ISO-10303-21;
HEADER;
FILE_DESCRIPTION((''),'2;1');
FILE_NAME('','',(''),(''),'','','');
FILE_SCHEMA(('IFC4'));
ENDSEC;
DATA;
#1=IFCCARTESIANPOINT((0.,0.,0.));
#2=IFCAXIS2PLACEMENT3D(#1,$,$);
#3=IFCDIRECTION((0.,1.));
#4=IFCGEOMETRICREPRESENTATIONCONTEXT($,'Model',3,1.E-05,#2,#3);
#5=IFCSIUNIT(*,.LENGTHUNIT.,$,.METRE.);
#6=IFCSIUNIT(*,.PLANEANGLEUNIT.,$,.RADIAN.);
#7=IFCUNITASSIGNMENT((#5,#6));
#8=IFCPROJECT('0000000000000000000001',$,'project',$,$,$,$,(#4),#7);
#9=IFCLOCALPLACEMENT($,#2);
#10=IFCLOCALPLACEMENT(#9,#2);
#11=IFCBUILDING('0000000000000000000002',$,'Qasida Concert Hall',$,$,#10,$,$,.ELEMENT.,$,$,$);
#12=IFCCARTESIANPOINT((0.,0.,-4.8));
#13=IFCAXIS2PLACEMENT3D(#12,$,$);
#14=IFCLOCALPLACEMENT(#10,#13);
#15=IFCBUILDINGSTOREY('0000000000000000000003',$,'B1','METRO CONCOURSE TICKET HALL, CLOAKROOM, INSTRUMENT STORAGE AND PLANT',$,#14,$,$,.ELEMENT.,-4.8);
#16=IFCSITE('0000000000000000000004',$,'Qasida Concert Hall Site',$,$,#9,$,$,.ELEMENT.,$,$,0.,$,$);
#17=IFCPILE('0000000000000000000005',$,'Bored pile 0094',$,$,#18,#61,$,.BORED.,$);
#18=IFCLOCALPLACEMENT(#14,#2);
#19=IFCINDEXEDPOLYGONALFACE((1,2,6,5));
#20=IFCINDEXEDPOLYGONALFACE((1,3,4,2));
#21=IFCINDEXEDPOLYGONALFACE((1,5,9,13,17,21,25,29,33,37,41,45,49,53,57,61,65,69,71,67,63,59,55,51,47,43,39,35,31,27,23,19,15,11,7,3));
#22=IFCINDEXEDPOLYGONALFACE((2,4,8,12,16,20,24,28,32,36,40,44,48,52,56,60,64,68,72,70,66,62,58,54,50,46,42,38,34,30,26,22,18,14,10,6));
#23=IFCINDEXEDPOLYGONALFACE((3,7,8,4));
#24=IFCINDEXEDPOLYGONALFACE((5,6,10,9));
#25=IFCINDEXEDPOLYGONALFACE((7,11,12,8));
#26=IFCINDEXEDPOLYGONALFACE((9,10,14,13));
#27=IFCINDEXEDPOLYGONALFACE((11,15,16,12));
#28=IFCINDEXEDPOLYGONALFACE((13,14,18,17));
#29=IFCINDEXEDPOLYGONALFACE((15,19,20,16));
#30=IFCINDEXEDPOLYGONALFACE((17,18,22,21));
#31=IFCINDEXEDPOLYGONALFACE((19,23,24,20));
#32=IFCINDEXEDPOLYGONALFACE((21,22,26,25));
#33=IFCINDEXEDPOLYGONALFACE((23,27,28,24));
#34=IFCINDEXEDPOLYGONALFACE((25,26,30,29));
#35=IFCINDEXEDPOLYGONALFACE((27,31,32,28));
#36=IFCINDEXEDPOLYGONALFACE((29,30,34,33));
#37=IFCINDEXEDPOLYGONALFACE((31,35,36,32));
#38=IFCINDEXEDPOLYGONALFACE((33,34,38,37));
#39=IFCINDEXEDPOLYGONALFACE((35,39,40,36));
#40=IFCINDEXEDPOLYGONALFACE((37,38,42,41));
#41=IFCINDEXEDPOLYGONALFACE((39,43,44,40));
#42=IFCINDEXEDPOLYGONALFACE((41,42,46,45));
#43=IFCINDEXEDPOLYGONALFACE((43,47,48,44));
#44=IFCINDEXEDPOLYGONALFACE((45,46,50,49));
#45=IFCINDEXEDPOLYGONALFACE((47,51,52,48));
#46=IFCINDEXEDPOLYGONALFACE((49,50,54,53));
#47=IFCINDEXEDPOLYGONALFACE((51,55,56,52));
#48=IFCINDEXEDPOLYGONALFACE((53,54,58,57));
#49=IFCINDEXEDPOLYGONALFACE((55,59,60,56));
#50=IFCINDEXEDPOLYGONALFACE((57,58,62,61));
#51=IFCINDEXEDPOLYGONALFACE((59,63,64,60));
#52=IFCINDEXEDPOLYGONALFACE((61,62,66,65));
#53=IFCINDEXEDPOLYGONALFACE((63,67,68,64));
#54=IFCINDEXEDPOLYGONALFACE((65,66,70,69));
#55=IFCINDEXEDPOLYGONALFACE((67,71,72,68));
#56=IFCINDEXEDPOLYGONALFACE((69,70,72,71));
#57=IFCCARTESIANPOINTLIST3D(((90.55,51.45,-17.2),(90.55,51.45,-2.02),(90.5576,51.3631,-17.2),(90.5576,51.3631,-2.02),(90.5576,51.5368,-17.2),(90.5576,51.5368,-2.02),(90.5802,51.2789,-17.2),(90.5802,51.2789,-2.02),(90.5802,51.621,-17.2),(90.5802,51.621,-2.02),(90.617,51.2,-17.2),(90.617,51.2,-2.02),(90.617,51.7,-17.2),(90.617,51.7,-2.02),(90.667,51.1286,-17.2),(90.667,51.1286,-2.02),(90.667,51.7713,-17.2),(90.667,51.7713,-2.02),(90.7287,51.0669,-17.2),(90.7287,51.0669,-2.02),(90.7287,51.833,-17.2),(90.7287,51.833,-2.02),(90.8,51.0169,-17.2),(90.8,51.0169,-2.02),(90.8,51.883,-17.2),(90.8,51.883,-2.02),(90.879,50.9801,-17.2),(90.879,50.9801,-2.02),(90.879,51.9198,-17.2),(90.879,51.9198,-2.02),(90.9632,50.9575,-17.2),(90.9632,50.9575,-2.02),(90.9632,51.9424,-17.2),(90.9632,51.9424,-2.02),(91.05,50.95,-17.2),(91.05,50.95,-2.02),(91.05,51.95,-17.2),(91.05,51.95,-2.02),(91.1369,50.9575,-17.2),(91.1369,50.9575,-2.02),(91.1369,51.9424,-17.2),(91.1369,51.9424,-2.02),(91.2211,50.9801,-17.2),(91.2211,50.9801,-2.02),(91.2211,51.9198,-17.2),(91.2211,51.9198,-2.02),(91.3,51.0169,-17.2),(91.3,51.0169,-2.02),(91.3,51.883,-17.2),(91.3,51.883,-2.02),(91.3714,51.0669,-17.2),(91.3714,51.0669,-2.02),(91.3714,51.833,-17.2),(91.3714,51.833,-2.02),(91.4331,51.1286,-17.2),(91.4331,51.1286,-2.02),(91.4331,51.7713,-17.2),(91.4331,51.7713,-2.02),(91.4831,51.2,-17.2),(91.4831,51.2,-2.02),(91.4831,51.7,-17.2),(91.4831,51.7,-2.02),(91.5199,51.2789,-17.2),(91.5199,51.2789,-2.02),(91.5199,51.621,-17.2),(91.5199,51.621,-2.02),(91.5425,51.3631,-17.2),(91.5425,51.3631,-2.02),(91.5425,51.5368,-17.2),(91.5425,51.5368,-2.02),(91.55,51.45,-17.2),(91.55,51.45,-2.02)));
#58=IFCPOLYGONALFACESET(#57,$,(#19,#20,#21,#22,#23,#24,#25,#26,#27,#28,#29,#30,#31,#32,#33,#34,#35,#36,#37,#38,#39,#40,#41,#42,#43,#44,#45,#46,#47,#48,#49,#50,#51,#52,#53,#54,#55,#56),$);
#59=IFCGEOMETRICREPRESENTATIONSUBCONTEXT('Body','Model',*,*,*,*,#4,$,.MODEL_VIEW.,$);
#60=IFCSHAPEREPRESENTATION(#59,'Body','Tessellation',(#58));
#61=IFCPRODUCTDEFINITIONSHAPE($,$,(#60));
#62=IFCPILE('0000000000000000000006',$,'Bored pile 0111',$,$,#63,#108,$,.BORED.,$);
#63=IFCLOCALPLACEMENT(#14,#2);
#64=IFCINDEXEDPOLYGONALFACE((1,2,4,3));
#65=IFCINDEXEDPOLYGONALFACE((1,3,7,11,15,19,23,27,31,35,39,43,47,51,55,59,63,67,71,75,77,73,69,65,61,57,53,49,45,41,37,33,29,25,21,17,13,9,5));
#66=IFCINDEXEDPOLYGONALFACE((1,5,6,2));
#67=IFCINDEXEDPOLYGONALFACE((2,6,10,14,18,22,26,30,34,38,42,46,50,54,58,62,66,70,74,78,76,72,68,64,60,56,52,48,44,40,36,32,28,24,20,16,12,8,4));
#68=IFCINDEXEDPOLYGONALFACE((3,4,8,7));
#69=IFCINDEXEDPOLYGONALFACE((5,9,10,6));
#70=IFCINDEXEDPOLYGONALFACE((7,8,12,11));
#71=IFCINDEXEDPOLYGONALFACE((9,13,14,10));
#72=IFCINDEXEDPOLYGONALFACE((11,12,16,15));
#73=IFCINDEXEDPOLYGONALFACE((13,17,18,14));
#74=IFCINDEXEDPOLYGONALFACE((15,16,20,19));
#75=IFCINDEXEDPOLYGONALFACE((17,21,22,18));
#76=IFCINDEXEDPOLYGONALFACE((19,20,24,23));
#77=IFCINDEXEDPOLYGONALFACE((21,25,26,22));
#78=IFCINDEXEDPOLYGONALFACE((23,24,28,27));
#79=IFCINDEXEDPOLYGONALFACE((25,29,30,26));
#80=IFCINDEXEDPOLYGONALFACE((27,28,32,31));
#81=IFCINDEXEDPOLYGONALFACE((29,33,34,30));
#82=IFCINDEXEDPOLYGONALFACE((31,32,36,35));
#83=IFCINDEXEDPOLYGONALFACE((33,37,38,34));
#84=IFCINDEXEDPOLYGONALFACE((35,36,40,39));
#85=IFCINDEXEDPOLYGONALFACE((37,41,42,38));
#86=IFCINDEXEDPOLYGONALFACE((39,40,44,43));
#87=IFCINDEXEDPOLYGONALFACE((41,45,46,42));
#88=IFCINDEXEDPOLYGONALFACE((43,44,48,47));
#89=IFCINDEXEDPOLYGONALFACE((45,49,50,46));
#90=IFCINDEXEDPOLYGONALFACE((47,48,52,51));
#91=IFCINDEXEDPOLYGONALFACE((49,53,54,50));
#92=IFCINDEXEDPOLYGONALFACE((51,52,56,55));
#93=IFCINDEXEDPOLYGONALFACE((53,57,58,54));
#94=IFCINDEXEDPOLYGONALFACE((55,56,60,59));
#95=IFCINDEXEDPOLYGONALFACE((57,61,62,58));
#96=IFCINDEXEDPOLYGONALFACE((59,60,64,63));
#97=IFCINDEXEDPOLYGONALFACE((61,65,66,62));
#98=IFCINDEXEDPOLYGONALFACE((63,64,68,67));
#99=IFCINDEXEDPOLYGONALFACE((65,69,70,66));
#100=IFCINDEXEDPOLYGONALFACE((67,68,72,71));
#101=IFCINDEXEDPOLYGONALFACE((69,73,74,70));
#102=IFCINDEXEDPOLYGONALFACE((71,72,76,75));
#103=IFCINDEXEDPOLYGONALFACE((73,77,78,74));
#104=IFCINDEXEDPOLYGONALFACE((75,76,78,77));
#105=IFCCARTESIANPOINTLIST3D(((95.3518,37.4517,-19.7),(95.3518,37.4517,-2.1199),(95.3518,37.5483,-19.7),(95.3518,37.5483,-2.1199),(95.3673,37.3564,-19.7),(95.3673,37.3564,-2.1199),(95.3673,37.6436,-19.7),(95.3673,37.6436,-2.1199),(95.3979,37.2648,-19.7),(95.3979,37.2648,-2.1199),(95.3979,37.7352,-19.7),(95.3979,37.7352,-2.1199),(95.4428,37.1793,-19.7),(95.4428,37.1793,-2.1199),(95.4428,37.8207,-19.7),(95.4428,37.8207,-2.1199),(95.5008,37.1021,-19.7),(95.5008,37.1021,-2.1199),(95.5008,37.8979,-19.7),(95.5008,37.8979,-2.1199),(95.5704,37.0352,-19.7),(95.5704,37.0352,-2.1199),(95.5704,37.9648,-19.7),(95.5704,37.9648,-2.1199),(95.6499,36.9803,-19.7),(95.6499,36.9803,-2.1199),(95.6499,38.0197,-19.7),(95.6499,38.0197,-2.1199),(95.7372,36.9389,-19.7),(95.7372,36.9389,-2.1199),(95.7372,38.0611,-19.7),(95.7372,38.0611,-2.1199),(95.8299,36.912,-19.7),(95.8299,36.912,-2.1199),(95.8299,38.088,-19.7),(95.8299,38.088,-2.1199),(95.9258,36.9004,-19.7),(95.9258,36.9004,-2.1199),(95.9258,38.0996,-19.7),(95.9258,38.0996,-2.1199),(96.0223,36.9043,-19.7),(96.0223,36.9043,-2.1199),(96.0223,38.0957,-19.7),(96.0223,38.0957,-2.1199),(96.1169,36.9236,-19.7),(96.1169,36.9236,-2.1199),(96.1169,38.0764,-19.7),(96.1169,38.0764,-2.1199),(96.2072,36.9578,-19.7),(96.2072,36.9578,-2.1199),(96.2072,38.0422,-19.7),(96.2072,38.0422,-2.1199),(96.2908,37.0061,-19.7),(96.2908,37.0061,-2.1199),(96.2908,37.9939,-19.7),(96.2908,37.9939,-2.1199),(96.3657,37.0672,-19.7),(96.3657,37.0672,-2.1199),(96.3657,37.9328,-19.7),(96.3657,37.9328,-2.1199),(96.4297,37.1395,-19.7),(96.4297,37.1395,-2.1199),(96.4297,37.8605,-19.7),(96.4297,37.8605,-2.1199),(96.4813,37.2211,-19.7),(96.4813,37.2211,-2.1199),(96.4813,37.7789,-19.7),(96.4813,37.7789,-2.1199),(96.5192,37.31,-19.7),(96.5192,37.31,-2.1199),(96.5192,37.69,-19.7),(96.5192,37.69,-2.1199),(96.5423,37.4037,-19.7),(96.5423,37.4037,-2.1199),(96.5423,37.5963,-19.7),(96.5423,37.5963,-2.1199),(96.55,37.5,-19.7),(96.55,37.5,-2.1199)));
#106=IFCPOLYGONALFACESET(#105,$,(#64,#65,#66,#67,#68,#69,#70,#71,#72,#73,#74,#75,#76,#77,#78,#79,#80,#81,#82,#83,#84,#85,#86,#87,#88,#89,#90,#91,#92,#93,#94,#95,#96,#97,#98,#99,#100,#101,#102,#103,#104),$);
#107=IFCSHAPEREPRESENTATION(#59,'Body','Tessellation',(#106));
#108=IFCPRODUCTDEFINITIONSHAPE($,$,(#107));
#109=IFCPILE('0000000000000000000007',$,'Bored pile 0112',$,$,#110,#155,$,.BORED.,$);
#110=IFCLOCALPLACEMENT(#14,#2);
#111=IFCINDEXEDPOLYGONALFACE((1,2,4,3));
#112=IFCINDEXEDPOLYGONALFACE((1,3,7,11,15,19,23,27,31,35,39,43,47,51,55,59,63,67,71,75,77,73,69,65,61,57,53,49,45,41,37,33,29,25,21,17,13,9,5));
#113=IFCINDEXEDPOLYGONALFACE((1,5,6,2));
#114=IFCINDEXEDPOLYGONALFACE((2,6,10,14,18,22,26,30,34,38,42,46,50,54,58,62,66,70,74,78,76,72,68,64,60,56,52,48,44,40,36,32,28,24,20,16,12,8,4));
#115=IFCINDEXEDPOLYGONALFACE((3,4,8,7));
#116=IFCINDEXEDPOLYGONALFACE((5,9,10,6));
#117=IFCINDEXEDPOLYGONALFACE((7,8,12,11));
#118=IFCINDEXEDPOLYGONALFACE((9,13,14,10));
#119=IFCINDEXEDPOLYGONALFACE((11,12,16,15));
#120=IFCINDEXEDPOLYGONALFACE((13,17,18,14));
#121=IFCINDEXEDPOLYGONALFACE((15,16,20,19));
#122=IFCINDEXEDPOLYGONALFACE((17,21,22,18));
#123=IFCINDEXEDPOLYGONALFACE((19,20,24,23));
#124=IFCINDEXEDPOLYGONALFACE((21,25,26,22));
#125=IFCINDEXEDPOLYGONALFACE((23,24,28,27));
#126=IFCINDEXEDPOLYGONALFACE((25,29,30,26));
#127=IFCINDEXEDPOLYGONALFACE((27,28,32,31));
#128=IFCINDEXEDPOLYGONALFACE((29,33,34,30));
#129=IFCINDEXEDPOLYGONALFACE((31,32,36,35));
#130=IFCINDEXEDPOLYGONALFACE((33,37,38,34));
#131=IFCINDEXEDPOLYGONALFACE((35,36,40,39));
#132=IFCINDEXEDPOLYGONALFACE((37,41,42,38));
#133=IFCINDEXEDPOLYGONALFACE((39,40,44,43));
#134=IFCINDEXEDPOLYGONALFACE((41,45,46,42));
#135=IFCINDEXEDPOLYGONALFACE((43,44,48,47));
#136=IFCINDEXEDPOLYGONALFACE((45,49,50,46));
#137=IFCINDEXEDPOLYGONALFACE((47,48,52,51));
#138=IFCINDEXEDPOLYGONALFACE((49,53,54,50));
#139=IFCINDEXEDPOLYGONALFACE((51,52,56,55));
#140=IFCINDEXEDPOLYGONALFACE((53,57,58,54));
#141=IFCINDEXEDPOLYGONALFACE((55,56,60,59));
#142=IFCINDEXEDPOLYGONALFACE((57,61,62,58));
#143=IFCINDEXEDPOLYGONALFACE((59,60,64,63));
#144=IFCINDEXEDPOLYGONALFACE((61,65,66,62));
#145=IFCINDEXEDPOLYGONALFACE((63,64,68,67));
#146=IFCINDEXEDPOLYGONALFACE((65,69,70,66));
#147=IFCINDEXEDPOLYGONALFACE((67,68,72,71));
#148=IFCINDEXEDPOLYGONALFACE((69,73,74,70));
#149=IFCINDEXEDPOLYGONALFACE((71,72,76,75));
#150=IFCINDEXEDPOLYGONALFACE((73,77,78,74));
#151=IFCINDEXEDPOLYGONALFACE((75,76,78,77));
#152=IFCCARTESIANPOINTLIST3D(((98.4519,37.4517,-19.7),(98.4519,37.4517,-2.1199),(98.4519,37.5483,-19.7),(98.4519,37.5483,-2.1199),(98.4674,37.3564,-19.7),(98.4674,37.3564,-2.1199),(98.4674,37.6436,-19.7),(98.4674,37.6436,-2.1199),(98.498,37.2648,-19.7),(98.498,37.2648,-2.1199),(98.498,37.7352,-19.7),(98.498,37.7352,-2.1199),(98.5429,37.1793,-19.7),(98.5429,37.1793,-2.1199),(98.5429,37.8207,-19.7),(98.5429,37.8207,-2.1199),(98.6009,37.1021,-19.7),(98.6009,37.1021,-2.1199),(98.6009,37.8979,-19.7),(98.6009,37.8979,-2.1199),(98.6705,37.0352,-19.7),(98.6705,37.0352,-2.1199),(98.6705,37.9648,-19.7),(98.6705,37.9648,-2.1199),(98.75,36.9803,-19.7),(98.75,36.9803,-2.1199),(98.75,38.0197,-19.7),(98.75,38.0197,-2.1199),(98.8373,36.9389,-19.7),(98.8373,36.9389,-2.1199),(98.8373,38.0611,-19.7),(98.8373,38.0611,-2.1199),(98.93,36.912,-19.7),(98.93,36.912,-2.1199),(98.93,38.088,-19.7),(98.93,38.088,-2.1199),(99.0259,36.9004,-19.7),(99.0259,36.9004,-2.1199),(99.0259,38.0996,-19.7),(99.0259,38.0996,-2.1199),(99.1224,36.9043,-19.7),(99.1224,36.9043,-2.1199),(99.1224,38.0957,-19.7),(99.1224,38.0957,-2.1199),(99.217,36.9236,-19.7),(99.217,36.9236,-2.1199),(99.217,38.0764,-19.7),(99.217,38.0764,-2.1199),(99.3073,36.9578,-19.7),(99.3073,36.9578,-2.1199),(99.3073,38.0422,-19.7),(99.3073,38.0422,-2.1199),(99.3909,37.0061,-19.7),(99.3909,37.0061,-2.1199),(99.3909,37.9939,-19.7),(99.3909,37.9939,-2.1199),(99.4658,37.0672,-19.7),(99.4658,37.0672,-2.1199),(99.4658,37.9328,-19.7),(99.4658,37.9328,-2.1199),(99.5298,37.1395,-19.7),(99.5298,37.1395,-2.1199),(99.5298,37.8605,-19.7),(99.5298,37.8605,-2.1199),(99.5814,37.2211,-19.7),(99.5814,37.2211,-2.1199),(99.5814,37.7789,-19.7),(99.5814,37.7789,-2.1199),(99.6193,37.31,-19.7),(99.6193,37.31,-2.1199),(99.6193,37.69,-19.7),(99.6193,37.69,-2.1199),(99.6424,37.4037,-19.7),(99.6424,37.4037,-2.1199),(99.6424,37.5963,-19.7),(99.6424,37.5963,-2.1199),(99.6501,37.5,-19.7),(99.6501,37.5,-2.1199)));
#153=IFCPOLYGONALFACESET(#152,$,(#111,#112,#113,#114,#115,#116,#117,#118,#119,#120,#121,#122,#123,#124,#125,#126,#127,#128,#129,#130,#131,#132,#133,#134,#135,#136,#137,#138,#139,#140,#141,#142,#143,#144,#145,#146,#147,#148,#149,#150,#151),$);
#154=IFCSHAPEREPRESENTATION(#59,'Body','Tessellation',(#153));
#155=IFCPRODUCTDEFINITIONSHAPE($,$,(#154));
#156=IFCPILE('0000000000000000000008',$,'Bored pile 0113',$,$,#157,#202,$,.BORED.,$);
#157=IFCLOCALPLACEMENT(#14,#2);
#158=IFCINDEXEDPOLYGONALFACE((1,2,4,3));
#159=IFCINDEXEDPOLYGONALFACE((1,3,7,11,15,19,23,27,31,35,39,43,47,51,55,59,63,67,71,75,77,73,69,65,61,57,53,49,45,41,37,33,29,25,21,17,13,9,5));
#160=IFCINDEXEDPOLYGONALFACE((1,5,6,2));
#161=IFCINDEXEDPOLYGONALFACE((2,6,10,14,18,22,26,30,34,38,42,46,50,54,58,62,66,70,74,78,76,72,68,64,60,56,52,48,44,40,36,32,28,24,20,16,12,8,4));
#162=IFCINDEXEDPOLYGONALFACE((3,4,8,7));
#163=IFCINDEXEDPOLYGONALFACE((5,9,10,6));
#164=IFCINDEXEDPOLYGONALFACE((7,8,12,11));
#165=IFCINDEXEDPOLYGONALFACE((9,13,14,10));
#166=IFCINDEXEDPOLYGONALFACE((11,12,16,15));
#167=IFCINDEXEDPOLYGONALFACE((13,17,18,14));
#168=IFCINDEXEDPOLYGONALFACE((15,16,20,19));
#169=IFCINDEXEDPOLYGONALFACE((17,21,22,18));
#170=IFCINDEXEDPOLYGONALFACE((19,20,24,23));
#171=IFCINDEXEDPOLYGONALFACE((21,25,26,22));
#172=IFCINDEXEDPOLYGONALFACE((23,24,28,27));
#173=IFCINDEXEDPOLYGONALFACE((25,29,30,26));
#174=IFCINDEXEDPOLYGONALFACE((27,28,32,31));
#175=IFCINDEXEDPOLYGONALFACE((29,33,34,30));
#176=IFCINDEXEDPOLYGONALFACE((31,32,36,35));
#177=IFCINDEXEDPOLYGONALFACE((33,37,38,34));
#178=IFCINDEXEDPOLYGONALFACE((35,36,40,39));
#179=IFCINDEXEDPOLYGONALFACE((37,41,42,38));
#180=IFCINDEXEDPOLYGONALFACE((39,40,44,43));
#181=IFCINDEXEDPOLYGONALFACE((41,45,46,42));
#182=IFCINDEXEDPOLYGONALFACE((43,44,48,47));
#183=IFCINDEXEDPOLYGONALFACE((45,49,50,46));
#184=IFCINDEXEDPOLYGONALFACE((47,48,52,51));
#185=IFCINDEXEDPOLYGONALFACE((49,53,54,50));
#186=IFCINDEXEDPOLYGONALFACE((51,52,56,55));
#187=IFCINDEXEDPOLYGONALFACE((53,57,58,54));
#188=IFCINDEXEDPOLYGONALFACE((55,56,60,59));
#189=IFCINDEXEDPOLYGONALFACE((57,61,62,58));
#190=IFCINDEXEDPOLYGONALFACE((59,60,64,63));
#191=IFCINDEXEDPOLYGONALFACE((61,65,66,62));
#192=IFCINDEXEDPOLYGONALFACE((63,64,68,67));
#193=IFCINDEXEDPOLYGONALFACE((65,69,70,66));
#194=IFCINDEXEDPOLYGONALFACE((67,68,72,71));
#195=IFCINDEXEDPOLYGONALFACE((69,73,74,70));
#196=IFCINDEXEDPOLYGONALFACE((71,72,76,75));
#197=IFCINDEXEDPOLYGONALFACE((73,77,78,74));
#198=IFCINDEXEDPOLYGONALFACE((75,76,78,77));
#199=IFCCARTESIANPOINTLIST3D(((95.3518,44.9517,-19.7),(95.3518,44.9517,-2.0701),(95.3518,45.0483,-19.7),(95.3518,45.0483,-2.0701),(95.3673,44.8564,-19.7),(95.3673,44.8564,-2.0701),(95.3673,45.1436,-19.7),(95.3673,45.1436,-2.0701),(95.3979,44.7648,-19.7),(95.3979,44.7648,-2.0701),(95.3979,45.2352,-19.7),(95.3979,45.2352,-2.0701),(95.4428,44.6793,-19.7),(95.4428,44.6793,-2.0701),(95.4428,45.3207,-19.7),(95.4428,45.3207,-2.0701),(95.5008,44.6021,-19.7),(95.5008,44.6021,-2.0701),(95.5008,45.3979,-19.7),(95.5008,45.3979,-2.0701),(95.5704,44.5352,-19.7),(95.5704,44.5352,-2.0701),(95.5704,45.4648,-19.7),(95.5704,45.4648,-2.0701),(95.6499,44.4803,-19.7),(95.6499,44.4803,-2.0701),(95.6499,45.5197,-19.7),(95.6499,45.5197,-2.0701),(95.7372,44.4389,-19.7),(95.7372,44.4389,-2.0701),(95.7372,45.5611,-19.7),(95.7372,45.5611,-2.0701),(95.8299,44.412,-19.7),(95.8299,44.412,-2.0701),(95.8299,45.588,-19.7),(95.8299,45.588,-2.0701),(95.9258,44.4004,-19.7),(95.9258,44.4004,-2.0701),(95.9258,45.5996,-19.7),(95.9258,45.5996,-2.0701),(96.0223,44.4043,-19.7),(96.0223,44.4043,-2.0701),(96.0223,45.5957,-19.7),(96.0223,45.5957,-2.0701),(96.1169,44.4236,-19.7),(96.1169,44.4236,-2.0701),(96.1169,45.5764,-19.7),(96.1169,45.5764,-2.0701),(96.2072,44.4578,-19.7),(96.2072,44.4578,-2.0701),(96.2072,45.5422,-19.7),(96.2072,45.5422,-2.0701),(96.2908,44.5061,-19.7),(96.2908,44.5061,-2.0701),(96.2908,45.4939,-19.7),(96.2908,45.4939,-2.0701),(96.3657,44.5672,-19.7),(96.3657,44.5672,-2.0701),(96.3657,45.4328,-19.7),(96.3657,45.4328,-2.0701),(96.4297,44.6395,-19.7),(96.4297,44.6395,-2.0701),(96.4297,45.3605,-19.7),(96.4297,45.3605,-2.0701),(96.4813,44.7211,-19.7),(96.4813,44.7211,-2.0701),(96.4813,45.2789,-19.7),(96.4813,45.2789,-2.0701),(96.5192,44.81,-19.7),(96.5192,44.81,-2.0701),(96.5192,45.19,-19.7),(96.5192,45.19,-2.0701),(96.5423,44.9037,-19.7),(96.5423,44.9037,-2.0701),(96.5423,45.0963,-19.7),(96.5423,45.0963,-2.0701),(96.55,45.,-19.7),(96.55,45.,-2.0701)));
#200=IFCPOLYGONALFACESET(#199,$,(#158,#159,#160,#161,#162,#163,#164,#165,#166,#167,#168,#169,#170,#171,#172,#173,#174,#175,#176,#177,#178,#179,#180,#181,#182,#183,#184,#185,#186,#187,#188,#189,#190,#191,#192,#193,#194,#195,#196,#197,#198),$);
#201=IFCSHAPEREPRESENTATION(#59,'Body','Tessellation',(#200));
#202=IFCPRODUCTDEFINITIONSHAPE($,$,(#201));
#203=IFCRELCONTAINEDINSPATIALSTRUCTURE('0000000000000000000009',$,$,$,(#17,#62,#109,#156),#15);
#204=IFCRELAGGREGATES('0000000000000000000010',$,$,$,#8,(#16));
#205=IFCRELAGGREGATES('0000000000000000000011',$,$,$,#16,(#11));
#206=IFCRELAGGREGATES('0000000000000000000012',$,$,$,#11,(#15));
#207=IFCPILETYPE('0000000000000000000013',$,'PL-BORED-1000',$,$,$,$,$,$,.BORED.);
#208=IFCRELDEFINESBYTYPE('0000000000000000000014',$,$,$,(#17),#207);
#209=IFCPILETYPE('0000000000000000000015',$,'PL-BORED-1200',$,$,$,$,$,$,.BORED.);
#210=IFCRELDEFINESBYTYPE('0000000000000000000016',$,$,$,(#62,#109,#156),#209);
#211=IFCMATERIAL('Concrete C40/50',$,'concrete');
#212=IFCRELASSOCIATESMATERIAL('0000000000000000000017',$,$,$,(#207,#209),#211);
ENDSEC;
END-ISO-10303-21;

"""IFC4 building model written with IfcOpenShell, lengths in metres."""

from ifc_helpers import new_model, si_unit, direction, frame, origin, origin_2d, place, context, subcontext, project, spatial, circle, extrude, material, material_profile, profile_set, type_object, element, save


model = new_model("IFC4")

# Units and contexts
model_context = context("Model", 3, precision=1e-05, world=origin(), true_north=direction((0.0, 1.0)))
body_context = subcontext(model_context, "Body", "Model", "MODEL_VIEW")
ifc_project = project(units=[si_unit("LENGTHUNIT", "METRE"), si_unit("PLANEANGLEUNIT", "RADIAN")], contexts=[model_context])

# Site, building, storey
site_placement = place(None, origin())
site = spatial("IfcSite", under=ifc_project, at=site_placement, Name="Qasida Concert Hall Site", CompositionType="ELEMENT", RefElevation=0.0)
building_placement = place(site_placement, origin())
building = spatial("IfcBuilding", under=site, at=building_placement, Name="Qasida Concert Hall", CompositionType="ELEMENT")
storey_placement = place(building_placement, frame((0.0, 0.0, -4.8)))
storey = spatial("IfcBuildingStorey", under=building, at=storey_placement, Name="B1", Description="METRO CONCOURSE TICKET HALL, CLOAKROOM, INSTRUMENT STORAGE AND PLANT", CompositionType="ELEMENT", Elevation=-4.8)

# Shared definitions
ifc_material_1 = material(Name="Concrete C40/50", Category="concrete")

# Piles
ifc_material_profile_1 = material_profile(ifc_material_1, circle(Radius=0.5, at=origin_2d()), Name="BORED PILE D1000")
ifc_profile_set_1 = profile_set([ifc_material_profile_1], Name="Concrete C40/50")
pile_type_1 = type_object("IfcPileType", Name="PL-BORED-1000", PredefinedType="BORED", material=ifc_profile_set_1)
pile_1_placement = place(storey_placement, frame((91.05, 51.45, -2.02), z_axis=(0.0, 0.0, -1.0), x_axis=(1.0, 0.0, 0.0)))
element("IfcPile", 1, at=pile_1_placement, inside=storey, type_object=pile_type_1, Name="Bored pile 0094", PredefinedType="BORED", context=body_context, shape_type="SweptSolid", body=[
    extrude(circle(Radius=0.5, at=origin_2d()), origin(), (0.0, 0.0, 1.0), 15.1799),
])
ifc_material_profile_2 = material_profile(ifc_material_1, circle(Radius=0.6001, at=origin_2d()), Name="BORED PILE D1200")
ifc_profile_set_2 = profile_set([ifc_material_profile_2], Name="Concrete C40/50")
pile_type_2 = type_object("IfcPileType", Name="PL-BORED-1200", PredefinedType="BORED", material=ifc_profile_set_2)
for number, where, z_axis, x_axis, name in (
    (2, (95.95, 37.5, -2.1199), (0.0, 0.0, -1.0), (1.0, 0.0, 0.0), "Bored pile 0111"),
    (3, (99.05, 37.5, -2.1199), (0.0, 0.0, -1.0), (1.0, 0.0, 0.0), "Bored pile 0112"),
):
    element("IfcPile", number, at=place(storey_placement, frame(where, z_axis=z_axis, x_axis=x_axis)), inside=storey, type_object=pile_type_2, Name=name, PredefinedType="BORED", context=body_context, shape_type="SweptSolid", body=[
        extrude(circle(Radius=0.6001, at=origin_2d()), origin(), (0.0, 0.0, 1.0), 17.5801),
    ])
for number, where, z_axis, x_axis, name in (
    (4, (95.95, 45.0, -2.0701), (0.0, 0.0, -1.0), (1.0, 0.0, 0.0), "Bored pile 0113"),
):
    element("IfcPile", number, at=place(storey_placement, frame(where, z_axis=z_axis, x_axis=x_axis)), inside=storey, type_object=pile_type_2, Name=name, PredefinedType="BORED", context=body_context, shape_type="SweptSolid", body=[
        extrude(circle(Radius=0.6001, at=origin_2d()), origin(), (0.0, 0.0, 1.0), 17.6299),
    ])

save(model, "model.ifc")
